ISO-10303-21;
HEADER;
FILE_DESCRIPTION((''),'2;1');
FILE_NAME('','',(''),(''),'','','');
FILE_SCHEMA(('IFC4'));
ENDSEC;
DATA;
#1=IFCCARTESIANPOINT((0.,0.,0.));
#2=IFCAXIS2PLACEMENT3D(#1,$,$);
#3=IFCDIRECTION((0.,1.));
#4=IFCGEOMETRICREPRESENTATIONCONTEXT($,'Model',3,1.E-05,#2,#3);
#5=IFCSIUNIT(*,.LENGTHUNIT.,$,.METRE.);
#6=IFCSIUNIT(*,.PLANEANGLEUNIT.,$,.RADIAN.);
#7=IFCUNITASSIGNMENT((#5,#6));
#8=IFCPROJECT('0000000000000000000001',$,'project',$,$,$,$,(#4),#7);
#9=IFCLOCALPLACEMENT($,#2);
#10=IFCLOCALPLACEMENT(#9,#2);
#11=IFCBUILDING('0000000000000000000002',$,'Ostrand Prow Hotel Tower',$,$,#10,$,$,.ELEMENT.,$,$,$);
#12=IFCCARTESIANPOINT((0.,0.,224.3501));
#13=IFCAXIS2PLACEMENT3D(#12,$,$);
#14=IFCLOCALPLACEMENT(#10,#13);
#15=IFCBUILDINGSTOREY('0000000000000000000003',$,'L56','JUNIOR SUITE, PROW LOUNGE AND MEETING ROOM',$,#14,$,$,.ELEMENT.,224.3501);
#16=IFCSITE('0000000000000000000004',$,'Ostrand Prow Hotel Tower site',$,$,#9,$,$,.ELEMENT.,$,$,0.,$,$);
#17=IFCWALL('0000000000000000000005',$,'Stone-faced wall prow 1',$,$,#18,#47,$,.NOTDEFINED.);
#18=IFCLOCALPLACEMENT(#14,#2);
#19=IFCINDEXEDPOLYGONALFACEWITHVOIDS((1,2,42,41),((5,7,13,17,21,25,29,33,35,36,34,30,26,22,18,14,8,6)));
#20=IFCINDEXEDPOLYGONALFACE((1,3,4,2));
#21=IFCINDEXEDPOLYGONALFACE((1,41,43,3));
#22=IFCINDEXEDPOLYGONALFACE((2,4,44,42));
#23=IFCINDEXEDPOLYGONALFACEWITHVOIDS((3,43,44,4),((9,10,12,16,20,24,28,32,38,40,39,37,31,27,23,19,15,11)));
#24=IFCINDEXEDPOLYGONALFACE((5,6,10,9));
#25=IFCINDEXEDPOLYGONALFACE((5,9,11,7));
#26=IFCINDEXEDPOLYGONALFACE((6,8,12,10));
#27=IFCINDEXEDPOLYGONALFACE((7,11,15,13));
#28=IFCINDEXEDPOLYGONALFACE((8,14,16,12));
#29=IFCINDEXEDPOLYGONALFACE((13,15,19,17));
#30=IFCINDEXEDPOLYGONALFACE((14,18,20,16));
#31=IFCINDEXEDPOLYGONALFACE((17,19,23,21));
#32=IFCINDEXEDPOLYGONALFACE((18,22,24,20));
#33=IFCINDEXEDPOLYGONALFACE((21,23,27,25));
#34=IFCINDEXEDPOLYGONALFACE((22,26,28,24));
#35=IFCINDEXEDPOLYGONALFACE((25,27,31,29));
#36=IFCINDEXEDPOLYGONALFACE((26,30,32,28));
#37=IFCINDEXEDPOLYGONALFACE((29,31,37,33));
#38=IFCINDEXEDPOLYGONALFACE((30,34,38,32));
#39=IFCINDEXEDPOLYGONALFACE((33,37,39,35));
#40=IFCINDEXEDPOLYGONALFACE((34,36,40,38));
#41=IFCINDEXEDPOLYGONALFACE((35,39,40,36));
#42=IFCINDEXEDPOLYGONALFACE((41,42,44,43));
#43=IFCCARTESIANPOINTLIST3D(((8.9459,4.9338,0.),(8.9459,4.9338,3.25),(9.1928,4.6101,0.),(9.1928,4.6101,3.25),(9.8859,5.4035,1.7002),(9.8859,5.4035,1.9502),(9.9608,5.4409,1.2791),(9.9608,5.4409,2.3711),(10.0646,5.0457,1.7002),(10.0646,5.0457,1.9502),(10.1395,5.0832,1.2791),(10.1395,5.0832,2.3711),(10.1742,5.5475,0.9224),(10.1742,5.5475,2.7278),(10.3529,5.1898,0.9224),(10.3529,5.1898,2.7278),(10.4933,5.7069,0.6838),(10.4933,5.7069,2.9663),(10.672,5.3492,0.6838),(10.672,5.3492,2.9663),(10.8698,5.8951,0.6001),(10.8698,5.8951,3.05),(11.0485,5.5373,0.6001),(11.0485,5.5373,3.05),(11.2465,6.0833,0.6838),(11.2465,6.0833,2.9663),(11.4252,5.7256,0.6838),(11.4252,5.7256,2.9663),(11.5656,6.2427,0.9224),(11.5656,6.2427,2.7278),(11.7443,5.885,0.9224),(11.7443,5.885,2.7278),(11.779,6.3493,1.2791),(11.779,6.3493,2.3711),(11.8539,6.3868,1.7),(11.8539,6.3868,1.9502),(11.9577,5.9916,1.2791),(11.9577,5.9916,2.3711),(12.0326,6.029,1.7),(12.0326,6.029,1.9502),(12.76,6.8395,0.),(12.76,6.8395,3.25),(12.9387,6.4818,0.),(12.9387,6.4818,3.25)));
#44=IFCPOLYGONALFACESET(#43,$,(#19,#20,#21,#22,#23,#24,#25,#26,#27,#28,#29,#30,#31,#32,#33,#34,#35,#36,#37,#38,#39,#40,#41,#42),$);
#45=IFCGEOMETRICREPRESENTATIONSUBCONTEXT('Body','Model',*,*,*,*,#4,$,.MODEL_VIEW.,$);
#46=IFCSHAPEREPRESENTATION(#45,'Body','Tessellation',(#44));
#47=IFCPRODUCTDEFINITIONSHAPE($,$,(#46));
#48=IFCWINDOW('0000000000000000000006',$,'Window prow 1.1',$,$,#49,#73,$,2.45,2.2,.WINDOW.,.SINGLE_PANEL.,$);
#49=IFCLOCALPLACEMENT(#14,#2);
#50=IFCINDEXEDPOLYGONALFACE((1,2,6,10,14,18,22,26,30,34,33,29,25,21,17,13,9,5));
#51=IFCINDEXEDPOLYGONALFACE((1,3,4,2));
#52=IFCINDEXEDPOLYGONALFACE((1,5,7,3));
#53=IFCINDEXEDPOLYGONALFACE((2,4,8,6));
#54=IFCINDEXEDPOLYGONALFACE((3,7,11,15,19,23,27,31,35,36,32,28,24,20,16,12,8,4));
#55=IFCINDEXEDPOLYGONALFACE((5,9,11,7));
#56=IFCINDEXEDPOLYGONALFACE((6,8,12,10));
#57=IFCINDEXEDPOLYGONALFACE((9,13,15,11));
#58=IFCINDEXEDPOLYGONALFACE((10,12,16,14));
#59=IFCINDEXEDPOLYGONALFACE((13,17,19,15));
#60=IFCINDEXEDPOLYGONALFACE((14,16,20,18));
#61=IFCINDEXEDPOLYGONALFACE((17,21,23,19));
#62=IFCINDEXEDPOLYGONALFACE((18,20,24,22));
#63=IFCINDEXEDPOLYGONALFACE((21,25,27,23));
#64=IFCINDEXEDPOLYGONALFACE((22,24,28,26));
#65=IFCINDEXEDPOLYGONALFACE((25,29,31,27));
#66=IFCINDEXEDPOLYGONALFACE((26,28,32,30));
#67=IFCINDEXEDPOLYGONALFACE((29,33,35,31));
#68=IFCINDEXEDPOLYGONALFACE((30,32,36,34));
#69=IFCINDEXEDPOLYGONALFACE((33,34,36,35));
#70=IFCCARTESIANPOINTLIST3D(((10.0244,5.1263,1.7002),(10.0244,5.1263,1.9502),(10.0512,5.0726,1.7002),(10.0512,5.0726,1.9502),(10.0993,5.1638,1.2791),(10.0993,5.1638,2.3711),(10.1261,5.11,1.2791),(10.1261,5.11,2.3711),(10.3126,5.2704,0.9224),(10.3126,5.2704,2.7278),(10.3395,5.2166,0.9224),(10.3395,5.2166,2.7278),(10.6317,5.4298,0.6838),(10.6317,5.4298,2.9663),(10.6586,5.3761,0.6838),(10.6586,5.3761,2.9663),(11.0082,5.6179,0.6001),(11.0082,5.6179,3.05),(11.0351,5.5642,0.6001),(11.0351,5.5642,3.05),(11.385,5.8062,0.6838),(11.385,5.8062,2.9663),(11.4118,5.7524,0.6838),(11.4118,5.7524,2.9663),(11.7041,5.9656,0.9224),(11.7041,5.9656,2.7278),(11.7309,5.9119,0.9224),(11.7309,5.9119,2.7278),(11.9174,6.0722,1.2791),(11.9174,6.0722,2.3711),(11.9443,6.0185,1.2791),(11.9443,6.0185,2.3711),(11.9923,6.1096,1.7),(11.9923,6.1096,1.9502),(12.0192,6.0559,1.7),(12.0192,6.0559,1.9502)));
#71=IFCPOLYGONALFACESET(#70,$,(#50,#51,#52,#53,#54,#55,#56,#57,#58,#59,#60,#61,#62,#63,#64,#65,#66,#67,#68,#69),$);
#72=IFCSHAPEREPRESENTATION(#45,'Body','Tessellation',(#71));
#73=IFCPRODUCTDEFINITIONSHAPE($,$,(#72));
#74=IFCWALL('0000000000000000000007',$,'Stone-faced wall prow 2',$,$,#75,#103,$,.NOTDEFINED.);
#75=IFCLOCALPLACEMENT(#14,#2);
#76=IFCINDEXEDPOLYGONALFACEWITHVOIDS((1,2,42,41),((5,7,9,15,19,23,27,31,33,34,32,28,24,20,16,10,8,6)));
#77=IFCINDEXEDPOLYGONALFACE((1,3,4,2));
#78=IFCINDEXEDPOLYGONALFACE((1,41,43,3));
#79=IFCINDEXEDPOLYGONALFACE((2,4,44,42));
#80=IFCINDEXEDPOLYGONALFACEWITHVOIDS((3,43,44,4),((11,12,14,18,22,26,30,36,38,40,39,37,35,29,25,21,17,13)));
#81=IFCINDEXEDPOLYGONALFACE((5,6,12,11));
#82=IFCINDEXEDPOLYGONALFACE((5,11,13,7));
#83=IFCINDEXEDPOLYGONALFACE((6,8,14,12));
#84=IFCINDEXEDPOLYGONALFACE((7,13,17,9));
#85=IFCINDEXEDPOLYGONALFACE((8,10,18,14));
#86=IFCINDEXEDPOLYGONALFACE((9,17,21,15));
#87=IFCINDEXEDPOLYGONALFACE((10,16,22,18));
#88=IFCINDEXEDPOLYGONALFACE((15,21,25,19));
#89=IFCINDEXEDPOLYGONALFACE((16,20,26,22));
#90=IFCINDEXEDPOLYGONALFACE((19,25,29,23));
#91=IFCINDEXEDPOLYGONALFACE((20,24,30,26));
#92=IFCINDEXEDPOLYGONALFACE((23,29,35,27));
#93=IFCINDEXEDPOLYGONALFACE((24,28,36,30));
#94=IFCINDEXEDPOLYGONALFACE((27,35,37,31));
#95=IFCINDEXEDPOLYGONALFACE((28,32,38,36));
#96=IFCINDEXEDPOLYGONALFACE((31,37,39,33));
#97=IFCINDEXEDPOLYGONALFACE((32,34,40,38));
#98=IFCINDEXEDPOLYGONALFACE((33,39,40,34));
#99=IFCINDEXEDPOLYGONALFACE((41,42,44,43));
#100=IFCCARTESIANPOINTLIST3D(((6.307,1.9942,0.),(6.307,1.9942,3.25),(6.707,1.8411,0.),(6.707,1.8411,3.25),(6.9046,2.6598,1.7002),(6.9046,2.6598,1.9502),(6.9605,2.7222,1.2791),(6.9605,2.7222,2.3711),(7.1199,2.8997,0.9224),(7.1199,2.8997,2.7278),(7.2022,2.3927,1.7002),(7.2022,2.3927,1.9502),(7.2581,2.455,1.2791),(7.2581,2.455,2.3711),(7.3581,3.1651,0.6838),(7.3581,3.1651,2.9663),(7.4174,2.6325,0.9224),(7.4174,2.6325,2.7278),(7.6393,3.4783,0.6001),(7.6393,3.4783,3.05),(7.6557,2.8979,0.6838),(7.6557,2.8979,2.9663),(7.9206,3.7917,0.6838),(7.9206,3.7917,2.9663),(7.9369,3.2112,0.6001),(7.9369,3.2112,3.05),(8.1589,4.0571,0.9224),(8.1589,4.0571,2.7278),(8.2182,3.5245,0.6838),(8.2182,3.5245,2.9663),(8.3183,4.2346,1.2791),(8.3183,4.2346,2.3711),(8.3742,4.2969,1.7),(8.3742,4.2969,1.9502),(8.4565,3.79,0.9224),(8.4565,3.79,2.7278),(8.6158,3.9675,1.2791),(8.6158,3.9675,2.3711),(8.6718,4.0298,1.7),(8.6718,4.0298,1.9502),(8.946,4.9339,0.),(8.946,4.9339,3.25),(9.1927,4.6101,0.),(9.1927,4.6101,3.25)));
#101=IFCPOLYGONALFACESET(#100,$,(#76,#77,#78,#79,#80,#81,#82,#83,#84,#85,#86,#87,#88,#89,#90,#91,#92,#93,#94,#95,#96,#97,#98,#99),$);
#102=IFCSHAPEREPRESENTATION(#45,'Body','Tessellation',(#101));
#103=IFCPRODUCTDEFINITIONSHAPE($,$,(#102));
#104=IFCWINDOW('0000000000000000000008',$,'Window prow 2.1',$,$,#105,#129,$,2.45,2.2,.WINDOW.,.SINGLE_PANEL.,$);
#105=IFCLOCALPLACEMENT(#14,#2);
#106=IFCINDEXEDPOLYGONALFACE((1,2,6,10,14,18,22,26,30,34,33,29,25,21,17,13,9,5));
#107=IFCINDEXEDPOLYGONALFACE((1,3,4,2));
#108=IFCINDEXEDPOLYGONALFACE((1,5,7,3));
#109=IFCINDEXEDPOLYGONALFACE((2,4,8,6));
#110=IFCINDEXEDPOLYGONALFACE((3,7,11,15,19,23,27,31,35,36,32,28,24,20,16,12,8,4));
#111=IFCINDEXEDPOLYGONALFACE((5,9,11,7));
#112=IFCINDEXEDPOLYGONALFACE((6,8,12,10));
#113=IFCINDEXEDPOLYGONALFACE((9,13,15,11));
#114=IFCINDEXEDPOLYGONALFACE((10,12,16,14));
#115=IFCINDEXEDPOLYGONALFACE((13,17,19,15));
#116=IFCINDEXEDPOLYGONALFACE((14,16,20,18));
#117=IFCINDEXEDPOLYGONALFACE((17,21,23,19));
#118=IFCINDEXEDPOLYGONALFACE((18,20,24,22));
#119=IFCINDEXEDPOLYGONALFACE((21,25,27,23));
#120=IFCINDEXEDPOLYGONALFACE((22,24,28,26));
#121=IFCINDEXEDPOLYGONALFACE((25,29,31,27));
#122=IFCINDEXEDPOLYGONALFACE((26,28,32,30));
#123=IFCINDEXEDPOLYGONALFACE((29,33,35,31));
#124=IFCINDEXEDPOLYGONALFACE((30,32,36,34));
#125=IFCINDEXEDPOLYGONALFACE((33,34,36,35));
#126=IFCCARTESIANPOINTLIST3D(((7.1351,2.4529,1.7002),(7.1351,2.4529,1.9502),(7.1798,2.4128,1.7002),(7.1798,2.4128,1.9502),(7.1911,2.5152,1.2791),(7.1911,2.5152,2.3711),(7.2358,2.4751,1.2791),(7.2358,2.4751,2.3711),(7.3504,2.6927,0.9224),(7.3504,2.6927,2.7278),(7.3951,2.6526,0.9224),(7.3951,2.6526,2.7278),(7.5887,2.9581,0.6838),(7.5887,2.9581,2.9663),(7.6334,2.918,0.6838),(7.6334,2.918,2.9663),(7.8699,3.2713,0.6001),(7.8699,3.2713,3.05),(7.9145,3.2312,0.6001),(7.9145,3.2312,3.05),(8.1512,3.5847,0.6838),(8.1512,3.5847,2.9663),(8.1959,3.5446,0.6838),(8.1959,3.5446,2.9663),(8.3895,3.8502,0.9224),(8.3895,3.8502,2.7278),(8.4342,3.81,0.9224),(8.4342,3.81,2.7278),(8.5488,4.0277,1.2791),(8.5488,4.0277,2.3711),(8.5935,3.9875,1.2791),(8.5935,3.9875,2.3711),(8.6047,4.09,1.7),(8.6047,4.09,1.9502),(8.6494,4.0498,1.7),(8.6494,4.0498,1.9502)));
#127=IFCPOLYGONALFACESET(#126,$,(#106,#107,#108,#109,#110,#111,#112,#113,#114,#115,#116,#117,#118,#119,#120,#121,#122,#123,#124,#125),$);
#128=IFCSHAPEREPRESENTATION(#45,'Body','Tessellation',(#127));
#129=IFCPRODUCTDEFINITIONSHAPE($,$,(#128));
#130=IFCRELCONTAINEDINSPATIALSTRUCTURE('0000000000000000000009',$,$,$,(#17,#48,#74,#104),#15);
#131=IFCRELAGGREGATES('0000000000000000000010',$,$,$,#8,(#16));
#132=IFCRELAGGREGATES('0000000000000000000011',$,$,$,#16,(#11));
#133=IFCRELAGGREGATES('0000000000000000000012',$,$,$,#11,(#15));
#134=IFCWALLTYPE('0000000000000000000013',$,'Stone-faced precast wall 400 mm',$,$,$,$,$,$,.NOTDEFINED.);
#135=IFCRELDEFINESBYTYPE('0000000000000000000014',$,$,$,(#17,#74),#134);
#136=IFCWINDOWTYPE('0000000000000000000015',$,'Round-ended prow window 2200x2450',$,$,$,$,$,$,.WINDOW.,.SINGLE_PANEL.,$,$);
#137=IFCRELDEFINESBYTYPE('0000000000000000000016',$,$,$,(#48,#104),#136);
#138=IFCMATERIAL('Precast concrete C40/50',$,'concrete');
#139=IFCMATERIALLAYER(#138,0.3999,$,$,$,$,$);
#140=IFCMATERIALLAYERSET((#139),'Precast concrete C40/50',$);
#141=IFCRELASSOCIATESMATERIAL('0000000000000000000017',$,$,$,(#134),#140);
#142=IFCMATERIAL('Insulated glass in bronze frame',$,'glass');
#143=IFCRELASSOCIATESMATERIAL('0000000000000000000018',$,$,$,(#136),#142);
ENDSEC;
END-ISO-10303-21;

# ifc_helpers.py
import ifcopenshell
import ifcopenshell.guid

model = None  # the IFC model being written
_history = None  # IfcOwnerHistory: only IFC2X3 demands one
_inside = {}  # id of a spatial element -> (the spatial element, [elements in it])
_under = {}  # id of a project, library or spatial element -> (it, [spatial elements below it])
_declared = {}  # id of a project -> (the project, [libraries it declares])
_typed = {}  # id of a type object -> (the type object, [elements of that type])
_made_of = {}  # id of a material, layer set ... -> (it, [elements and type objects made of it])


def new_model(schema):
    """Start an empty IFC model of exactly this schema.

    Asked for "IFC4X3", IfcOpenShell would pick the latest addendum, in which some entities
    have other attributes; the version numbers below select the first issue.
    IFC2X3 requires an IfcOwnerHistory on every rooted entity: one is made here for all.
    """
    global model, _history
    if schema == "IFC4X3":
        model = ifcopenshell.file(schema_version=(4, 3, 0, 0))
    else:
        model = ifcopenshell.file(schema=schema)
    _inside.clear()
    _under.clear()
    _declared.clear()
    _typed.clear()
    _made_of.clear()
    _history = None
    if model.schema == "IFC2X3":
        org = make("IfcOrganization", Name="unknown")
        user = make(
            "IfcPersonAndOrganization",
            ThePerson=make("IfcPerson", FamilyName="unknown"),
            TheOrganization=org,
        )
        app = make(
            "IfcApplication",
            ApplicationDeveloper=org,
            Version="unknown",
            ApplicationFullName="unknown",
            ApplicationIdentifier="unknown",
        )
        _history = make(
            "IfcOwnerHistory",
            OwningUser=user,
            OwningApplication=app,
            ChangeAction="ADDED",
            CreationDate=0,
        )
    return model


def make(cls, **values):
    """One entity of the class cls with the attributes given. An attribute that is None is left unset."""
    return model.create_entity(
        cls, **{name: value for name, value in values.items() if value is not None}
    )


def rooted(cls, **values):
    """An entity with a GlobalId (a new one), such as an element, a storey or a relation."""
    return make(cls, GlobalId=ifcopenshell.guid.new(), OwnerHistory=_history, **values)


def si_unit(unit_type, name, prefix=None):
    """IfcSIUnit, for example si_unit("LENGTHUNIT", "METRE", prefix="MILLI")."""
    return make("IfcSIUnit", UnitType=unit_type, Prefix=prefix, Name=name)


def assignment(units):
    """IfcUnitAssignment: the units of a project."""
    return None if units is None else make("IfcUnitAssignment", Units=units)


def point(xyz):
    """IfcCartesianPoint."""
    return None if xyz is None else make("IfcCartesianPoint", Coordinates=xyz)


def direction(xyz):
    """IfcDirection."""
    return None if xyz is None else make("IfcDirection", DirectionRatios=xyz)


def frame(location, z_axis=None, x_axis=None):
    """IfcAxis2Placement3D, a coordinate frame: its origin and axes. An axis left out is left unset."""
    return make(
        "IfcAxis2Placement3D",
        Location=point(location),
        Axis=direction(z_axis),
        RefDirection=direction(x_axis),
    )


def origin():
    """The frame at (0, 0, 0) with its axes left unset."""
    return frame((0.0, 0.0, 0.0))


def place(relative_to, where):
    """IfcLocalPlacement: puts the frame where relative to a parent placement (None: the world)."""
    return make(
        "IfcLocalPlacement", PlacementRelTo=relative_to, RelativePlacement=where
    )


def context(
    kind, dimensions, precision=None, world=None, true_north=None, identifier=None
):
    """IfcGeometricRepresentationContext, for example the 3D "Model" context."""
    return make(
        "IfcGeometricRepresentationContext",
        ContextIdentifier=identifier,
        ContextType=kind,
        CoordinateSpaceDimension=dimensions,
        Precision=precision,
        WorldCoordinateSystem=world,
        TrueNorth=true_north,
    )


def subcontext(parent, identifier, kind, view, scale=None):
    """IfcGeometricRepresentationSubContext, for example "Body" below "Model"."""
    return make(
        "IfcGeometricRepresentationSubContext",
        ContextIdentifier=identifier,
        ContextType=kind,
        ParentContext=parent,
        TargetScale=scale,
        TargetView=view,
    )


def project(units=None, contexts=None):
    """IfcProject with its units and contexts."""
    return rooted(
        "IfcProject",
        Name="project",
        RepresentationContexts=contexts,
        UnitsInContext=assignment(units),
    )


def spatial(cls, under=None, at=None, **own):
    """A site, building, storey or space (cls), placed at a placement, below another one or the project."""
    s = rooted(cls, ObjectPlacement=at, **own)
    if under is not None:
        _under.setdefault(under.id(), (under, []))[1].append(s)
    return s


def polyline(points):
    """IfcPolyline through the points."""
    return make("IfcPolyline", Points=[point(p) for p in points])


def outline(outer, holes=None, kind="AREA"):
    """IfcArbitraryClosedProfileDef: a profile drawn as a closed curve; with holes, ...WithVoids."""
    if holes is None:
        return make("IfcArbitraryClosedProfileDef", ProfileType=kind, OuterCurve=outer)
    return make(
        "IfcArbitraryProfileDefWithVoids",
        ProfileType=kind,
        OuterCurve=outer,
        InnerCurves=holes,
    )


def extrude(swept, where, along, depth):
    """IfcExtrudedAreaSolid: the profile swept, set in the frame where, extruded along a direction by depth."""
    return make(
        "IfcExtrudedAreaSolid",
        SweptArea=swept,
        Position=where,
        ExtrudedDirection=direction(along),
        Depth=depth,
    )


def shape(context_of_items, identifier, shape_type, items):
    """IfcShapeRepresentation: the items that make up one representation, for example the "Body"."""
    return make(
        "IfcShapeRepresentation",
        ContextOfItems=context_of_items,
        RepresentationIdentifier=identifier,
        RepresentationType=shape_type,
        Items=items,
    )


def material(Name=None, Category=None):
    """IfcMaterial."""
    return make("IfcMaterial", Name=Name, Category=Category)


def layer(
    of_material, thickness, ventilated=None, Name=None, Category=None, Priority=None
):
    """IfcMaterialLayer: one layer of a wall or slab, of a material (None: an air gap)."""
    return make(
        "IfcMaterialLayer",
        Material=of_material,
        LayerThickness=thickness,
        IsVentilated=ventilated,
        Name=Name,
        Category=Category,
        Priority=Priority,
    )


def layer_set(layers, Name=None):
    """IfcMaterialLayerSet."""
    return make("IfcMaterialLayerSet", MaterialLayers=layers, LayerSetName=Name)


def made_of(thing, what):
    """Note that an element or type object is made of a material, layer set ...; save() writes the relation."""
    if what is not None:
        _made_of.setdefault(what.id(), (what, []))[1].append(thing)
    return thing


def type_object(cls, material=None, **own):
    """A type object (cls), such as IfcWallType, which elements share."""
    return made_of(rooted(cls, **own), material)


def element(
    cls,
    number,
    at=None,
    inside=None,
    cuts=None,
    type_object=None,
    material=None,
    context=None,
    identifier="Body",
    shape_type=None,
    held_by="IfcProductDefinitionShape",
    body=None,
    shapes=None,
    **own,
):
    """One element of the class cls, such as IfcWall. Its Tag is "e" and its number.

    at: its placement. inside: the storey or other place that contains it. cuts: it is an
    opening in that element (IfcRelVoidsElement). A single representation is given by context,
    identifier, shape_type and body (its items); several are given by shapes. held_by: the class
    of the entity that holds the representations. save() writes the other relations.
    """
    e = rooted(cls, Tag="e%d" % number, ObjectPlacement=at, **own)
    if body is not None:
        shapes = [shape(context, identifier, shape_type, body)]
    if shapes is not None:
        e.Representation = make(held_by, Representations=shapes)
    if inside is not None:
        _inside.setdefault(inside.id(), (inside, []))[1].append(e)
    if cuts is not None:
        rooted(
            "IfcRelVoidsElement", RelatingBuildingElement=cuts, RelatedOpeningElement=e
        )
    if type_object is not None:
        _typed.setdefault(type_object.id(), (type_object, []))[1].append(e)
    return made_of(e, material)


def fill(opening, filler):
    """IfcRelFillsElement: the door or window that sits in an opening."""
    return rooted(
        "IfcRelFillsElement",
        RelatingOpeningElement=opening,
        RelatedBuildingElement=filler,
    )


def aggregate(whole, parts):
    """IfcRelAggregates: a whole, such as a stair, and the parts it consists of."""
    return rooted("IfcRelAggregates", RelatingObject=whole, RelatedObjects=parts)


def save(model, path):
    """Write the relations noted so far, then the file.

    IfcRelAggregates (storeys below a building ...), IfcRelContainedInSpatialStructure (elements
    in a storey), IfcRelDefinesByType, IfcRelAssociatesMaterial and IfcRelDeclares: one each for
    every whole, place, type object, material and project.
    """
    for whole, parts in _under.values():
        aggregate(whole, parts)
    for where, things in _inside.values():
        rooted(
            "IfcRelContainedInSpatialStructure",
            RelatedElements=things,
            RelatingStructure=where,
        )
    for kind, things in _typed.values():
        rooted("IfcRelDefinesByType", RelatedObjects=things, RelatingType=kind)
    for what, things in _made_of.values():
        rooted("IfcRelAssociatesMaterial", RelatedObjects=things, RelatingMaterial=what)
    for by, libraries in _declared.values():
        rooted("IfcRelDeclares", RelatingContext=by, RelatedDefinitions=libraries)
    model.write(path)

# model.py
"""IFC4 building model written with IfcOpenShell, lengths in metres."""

from ifc_helpers import new_model, si_unit, direction, frame, origin, place, context, subcontext, project, spatial, polyline, outline, extrude, material, layer, layer_set, type_object, element, fill, save


model = new_model("IFC4")

# Units and contexts
model_context = context("Model", 3, precision=1e-05, world=origin(), true_north=direction((0.0, 1.0)))
body_context = subcontext(model_context, "Body", "Model", "MODEL_VIEW")
ifc_project = project(units=[si_unit("LENGTHUNIT", "METRE"), si_unit("PLANEANGLEUNIT", "RADIAN")], contexts=[model_context])

# Site, building, storey
site_placement = place(None, origin())
site = spatial("IfcSite", under=ifc_project, at=site_placement, Name="Ostrand Prow Hotel Tower site", CompositionType="ELEMENT", RefElevation=0.0)
building_placement = place(site_placement, origin())
building = spatial("IfcBuilding", under=site, at=building_placement, Name="Ostrand Prow Hotel Tower", CompositionType="ELEMENT")
storey_placement = place(building_placement, frame((0.0, 0.0, 224.3501)))
storey = spatial("IfcBuildingStorey", under=building, at=storey_placement, Name="L56", Description="JUNIOR SUITE, PROW LOUNGE AND MEETING ROOM", CompositionType="ELEMENT", Elevation=224.3501)

# Walls, openings, windows
ifc_material_1 = material(Name="Precast concrete C40/50", Category="concrete")
ifc_layer_1 = layer(ifc_material_1, 0.3999)
ifc_layer_set_1 = layer_set([ifc_layer_1], Name="Precast concrete C40/50")
wall_type_1 = type_object("IfcWallType", Name="Stone-faced precast wall 400 mm", PredefinedType="NOTDEFINED", material=ifc_layer_set_1)
wall_1_placement = place(storey_placement, frame((12.8494, 6.6606, 0.0), z_axis=(0.0, 0.0, 1.0), x_axis=(-0.894554, -0.446959, 0.0)))
wall_1 = element("IfcWall", 1, at=wall_1_placement, inside=storey, type_object=wall_type_1, Name="Stone-faced wall prow 1", PredefinedType="NOTDEFINED", context=body_context, shape_type="SweptSolid", body=[
    extrude(outline(polyline([(0.0, -0.2), (4.2637, -0.2), (4.1875, 0.2), (0.0, 0.2), (0.0, -0.2)])), origin(), (0.0, 0.0, 1.0), 3.25),
])
opening_1_placement = place(wall_1_placement, frame((1.0129, 0.0, 0.6001)))
opening_1 = element("IfcOpeningElement", 2, at=opening_1_placement, cuts=wall_1, PredefinedType="OPENING", context=body_context, shape_type="SweptSolid", body=[
    extrude(outline(polyline([(0.0, 1.3501), (0.0837, 1.771), (0.3223, 2.1277), (0.679, 2.3662), (1.1001, 2.45), (1.521, 2.3662), (1.8777, 2.1277), (2.1162, 1.771), (2.2, 1.3501), (2.2, 1.1001), (2.1162, 0.679), (1.8777, 0.3223), (1.521, 0.0837), (1.1001, 0.0), (0.679, 0.0837), (0.3223, 0.3223), (0.0837, 0.679), (0.0, 1.0999), (0.0, 1.3501)])), frame((0.0, 0.21, 0.0), z_axis=(0.0, -1.0, 0.0), x_axis=(1.0, 0.0, 0.0)), (0.0, 0.0, 1.0), 0.4199),
])
ifc_material_2 = material(Name="Insulated glass in bronze frame", Category="glass")
window_type = type_object("IfcWindowType", Name="Round-ended prow window 2200x2450", PartitioningType="SINGLE_PANEL", PredefinedType="WINDOW", material=ifc_material_2)
window_1_placement = place(opening_1_placement, origin())
window_1 = element("IfcWindow", 3, at=window_1_placement, inside=storey, type_object=window_type, Name="Window prow 1.1", OverallHeight=2.45, OverallWidth=2.2, PartitioningType="SINGLE_PANEL", PredefinedType="WINDOW", context=body_context, shape_type="SweptSolid", body=[
    extrude(outline(polyline([(0.0, 1.3501), (0.0837, 1.771), (0.3223, 2.1277), (0.679, 2.3662), (1.1001, 2.45), (1.521, 2.3662), (1.8777, 2.1277), (2.1162, 1.771), (2.2, 1.3501), (2.2, 1.1001), (2.1162, 0.679), (1.8777, 0.3223), (1.521, 0.0837), (1.1001, 0.0), (0.679, 0.0837), (0.3223, 0.3223), (0.0837, 0.679), (0.0, 1.0999), (0.0, 1.3501)])), frame((0.0, 0.1699, 0.0), z_axis=(0.0, -1.0, 0.0), x_axis=(1.0, 0.0, 0.0)), (0.0, 0.0, 1.0), 0.0601),
])
fill(opening_1, window_1)
wall_2_placement = place(storey_placement, frame((9.0693, 4.772, 0.0), z_axis=(0.0, 0.0, 1.0), x_axis=(-0.668018, -0.744145, 0.0)))
wall_2 = element("IfcWall", 4, at=wall_2_placement, inside=storey, type_object=wall_type_1, Name="Stone-faced wall prow 2", PredefinedType="NOTDEFINED", context=body_context, shape_type="SweptSolid", body=[
    extrude(outline(polyline([(-0.0381, -0.2), (3.9124, -0.2), (3.759, 0.2), (0.0381, 0.2), (-0.0381, -0.2)])), origin(), (0.0, 0.0, 1.0), 3.25),
])
opening_2_placement = place(wall_2_placement, frame((0.8179, 0.0, 0.6001)))
opening_2 = element("IfcOpeningElement", 5, at=opening_2_placement, cuts=wall_2, PredefinedType="OPENING", context=body_context, shape_type="SweptSolid", body=[
    extrude(outline(polyline([(0.0, 1.3501), (0.0837, 1.771), (0.3223, 2.1277), (0.679, 2.3662), (1.1001, 2.45), (1.521, 2.3662), (1.8777, 2.1277), (2.1162, 1.771), (2.2, 1.3501), (2.2, 1.1001), (2.1162, 0.679), (1.8777, 0.3223), (1.521, 0.0837), (1.1001, 0.0), (0.679, 0.0837), (0.3223, 0.3223), (0.0837, 0.679), (0.0, 1.0999), (0.0, 1.3501)])), frame((0.0, 0.21, 0.0), z_axis=(0.0, -1.0, 0.0), x_axis=(1.0, 0.0, 0.0)), (0.0, 0.0, 1.0), 0.4199),
])
window_2_placement = place(opening_2_placement, origin())
window_2 = element("IfcWindow", 6, at=window_2_placement, inside=storey, type_object=window_type, Name="Window prow 2.1", OverallHeight=2.45, OverallWidth=2.2, PartitioningType="SINGLE_PANEL", PredefinedType="WINDOW", context=body_context, shape_type="SweptSolid", body=[
    extrude(outline(polyline([(0.0, 1.3501), (0.0837, 1.771), (0.3223, 2.1277), (0.679, 2.3662), (1.1001, 2.45), (1.521, 2.3662), (1.8777, 2.1277), (2.1162, 1.771), (2.2, 1.3501), (2.2, 1.1001), (2.1162, 0.679), (1.8777, 0.3223), (1.521, 0.0837), (1.1001, 0.0), (0.679, 0.0837), (0.3223, 0.3223), (0.0837, 0.679), (0.0, 1.0999), (0.0, 1.3501)])), frame((0.0, 0.1699, 0.0), z_axis=(0.0, -1.0, 0.0), x_axis=(1.0, 0.0, 0.0)), (0.0, 0.0, 1.0), 0.0601),
])
fill(opening_2, window_2)

save(model, "model.ifc")
